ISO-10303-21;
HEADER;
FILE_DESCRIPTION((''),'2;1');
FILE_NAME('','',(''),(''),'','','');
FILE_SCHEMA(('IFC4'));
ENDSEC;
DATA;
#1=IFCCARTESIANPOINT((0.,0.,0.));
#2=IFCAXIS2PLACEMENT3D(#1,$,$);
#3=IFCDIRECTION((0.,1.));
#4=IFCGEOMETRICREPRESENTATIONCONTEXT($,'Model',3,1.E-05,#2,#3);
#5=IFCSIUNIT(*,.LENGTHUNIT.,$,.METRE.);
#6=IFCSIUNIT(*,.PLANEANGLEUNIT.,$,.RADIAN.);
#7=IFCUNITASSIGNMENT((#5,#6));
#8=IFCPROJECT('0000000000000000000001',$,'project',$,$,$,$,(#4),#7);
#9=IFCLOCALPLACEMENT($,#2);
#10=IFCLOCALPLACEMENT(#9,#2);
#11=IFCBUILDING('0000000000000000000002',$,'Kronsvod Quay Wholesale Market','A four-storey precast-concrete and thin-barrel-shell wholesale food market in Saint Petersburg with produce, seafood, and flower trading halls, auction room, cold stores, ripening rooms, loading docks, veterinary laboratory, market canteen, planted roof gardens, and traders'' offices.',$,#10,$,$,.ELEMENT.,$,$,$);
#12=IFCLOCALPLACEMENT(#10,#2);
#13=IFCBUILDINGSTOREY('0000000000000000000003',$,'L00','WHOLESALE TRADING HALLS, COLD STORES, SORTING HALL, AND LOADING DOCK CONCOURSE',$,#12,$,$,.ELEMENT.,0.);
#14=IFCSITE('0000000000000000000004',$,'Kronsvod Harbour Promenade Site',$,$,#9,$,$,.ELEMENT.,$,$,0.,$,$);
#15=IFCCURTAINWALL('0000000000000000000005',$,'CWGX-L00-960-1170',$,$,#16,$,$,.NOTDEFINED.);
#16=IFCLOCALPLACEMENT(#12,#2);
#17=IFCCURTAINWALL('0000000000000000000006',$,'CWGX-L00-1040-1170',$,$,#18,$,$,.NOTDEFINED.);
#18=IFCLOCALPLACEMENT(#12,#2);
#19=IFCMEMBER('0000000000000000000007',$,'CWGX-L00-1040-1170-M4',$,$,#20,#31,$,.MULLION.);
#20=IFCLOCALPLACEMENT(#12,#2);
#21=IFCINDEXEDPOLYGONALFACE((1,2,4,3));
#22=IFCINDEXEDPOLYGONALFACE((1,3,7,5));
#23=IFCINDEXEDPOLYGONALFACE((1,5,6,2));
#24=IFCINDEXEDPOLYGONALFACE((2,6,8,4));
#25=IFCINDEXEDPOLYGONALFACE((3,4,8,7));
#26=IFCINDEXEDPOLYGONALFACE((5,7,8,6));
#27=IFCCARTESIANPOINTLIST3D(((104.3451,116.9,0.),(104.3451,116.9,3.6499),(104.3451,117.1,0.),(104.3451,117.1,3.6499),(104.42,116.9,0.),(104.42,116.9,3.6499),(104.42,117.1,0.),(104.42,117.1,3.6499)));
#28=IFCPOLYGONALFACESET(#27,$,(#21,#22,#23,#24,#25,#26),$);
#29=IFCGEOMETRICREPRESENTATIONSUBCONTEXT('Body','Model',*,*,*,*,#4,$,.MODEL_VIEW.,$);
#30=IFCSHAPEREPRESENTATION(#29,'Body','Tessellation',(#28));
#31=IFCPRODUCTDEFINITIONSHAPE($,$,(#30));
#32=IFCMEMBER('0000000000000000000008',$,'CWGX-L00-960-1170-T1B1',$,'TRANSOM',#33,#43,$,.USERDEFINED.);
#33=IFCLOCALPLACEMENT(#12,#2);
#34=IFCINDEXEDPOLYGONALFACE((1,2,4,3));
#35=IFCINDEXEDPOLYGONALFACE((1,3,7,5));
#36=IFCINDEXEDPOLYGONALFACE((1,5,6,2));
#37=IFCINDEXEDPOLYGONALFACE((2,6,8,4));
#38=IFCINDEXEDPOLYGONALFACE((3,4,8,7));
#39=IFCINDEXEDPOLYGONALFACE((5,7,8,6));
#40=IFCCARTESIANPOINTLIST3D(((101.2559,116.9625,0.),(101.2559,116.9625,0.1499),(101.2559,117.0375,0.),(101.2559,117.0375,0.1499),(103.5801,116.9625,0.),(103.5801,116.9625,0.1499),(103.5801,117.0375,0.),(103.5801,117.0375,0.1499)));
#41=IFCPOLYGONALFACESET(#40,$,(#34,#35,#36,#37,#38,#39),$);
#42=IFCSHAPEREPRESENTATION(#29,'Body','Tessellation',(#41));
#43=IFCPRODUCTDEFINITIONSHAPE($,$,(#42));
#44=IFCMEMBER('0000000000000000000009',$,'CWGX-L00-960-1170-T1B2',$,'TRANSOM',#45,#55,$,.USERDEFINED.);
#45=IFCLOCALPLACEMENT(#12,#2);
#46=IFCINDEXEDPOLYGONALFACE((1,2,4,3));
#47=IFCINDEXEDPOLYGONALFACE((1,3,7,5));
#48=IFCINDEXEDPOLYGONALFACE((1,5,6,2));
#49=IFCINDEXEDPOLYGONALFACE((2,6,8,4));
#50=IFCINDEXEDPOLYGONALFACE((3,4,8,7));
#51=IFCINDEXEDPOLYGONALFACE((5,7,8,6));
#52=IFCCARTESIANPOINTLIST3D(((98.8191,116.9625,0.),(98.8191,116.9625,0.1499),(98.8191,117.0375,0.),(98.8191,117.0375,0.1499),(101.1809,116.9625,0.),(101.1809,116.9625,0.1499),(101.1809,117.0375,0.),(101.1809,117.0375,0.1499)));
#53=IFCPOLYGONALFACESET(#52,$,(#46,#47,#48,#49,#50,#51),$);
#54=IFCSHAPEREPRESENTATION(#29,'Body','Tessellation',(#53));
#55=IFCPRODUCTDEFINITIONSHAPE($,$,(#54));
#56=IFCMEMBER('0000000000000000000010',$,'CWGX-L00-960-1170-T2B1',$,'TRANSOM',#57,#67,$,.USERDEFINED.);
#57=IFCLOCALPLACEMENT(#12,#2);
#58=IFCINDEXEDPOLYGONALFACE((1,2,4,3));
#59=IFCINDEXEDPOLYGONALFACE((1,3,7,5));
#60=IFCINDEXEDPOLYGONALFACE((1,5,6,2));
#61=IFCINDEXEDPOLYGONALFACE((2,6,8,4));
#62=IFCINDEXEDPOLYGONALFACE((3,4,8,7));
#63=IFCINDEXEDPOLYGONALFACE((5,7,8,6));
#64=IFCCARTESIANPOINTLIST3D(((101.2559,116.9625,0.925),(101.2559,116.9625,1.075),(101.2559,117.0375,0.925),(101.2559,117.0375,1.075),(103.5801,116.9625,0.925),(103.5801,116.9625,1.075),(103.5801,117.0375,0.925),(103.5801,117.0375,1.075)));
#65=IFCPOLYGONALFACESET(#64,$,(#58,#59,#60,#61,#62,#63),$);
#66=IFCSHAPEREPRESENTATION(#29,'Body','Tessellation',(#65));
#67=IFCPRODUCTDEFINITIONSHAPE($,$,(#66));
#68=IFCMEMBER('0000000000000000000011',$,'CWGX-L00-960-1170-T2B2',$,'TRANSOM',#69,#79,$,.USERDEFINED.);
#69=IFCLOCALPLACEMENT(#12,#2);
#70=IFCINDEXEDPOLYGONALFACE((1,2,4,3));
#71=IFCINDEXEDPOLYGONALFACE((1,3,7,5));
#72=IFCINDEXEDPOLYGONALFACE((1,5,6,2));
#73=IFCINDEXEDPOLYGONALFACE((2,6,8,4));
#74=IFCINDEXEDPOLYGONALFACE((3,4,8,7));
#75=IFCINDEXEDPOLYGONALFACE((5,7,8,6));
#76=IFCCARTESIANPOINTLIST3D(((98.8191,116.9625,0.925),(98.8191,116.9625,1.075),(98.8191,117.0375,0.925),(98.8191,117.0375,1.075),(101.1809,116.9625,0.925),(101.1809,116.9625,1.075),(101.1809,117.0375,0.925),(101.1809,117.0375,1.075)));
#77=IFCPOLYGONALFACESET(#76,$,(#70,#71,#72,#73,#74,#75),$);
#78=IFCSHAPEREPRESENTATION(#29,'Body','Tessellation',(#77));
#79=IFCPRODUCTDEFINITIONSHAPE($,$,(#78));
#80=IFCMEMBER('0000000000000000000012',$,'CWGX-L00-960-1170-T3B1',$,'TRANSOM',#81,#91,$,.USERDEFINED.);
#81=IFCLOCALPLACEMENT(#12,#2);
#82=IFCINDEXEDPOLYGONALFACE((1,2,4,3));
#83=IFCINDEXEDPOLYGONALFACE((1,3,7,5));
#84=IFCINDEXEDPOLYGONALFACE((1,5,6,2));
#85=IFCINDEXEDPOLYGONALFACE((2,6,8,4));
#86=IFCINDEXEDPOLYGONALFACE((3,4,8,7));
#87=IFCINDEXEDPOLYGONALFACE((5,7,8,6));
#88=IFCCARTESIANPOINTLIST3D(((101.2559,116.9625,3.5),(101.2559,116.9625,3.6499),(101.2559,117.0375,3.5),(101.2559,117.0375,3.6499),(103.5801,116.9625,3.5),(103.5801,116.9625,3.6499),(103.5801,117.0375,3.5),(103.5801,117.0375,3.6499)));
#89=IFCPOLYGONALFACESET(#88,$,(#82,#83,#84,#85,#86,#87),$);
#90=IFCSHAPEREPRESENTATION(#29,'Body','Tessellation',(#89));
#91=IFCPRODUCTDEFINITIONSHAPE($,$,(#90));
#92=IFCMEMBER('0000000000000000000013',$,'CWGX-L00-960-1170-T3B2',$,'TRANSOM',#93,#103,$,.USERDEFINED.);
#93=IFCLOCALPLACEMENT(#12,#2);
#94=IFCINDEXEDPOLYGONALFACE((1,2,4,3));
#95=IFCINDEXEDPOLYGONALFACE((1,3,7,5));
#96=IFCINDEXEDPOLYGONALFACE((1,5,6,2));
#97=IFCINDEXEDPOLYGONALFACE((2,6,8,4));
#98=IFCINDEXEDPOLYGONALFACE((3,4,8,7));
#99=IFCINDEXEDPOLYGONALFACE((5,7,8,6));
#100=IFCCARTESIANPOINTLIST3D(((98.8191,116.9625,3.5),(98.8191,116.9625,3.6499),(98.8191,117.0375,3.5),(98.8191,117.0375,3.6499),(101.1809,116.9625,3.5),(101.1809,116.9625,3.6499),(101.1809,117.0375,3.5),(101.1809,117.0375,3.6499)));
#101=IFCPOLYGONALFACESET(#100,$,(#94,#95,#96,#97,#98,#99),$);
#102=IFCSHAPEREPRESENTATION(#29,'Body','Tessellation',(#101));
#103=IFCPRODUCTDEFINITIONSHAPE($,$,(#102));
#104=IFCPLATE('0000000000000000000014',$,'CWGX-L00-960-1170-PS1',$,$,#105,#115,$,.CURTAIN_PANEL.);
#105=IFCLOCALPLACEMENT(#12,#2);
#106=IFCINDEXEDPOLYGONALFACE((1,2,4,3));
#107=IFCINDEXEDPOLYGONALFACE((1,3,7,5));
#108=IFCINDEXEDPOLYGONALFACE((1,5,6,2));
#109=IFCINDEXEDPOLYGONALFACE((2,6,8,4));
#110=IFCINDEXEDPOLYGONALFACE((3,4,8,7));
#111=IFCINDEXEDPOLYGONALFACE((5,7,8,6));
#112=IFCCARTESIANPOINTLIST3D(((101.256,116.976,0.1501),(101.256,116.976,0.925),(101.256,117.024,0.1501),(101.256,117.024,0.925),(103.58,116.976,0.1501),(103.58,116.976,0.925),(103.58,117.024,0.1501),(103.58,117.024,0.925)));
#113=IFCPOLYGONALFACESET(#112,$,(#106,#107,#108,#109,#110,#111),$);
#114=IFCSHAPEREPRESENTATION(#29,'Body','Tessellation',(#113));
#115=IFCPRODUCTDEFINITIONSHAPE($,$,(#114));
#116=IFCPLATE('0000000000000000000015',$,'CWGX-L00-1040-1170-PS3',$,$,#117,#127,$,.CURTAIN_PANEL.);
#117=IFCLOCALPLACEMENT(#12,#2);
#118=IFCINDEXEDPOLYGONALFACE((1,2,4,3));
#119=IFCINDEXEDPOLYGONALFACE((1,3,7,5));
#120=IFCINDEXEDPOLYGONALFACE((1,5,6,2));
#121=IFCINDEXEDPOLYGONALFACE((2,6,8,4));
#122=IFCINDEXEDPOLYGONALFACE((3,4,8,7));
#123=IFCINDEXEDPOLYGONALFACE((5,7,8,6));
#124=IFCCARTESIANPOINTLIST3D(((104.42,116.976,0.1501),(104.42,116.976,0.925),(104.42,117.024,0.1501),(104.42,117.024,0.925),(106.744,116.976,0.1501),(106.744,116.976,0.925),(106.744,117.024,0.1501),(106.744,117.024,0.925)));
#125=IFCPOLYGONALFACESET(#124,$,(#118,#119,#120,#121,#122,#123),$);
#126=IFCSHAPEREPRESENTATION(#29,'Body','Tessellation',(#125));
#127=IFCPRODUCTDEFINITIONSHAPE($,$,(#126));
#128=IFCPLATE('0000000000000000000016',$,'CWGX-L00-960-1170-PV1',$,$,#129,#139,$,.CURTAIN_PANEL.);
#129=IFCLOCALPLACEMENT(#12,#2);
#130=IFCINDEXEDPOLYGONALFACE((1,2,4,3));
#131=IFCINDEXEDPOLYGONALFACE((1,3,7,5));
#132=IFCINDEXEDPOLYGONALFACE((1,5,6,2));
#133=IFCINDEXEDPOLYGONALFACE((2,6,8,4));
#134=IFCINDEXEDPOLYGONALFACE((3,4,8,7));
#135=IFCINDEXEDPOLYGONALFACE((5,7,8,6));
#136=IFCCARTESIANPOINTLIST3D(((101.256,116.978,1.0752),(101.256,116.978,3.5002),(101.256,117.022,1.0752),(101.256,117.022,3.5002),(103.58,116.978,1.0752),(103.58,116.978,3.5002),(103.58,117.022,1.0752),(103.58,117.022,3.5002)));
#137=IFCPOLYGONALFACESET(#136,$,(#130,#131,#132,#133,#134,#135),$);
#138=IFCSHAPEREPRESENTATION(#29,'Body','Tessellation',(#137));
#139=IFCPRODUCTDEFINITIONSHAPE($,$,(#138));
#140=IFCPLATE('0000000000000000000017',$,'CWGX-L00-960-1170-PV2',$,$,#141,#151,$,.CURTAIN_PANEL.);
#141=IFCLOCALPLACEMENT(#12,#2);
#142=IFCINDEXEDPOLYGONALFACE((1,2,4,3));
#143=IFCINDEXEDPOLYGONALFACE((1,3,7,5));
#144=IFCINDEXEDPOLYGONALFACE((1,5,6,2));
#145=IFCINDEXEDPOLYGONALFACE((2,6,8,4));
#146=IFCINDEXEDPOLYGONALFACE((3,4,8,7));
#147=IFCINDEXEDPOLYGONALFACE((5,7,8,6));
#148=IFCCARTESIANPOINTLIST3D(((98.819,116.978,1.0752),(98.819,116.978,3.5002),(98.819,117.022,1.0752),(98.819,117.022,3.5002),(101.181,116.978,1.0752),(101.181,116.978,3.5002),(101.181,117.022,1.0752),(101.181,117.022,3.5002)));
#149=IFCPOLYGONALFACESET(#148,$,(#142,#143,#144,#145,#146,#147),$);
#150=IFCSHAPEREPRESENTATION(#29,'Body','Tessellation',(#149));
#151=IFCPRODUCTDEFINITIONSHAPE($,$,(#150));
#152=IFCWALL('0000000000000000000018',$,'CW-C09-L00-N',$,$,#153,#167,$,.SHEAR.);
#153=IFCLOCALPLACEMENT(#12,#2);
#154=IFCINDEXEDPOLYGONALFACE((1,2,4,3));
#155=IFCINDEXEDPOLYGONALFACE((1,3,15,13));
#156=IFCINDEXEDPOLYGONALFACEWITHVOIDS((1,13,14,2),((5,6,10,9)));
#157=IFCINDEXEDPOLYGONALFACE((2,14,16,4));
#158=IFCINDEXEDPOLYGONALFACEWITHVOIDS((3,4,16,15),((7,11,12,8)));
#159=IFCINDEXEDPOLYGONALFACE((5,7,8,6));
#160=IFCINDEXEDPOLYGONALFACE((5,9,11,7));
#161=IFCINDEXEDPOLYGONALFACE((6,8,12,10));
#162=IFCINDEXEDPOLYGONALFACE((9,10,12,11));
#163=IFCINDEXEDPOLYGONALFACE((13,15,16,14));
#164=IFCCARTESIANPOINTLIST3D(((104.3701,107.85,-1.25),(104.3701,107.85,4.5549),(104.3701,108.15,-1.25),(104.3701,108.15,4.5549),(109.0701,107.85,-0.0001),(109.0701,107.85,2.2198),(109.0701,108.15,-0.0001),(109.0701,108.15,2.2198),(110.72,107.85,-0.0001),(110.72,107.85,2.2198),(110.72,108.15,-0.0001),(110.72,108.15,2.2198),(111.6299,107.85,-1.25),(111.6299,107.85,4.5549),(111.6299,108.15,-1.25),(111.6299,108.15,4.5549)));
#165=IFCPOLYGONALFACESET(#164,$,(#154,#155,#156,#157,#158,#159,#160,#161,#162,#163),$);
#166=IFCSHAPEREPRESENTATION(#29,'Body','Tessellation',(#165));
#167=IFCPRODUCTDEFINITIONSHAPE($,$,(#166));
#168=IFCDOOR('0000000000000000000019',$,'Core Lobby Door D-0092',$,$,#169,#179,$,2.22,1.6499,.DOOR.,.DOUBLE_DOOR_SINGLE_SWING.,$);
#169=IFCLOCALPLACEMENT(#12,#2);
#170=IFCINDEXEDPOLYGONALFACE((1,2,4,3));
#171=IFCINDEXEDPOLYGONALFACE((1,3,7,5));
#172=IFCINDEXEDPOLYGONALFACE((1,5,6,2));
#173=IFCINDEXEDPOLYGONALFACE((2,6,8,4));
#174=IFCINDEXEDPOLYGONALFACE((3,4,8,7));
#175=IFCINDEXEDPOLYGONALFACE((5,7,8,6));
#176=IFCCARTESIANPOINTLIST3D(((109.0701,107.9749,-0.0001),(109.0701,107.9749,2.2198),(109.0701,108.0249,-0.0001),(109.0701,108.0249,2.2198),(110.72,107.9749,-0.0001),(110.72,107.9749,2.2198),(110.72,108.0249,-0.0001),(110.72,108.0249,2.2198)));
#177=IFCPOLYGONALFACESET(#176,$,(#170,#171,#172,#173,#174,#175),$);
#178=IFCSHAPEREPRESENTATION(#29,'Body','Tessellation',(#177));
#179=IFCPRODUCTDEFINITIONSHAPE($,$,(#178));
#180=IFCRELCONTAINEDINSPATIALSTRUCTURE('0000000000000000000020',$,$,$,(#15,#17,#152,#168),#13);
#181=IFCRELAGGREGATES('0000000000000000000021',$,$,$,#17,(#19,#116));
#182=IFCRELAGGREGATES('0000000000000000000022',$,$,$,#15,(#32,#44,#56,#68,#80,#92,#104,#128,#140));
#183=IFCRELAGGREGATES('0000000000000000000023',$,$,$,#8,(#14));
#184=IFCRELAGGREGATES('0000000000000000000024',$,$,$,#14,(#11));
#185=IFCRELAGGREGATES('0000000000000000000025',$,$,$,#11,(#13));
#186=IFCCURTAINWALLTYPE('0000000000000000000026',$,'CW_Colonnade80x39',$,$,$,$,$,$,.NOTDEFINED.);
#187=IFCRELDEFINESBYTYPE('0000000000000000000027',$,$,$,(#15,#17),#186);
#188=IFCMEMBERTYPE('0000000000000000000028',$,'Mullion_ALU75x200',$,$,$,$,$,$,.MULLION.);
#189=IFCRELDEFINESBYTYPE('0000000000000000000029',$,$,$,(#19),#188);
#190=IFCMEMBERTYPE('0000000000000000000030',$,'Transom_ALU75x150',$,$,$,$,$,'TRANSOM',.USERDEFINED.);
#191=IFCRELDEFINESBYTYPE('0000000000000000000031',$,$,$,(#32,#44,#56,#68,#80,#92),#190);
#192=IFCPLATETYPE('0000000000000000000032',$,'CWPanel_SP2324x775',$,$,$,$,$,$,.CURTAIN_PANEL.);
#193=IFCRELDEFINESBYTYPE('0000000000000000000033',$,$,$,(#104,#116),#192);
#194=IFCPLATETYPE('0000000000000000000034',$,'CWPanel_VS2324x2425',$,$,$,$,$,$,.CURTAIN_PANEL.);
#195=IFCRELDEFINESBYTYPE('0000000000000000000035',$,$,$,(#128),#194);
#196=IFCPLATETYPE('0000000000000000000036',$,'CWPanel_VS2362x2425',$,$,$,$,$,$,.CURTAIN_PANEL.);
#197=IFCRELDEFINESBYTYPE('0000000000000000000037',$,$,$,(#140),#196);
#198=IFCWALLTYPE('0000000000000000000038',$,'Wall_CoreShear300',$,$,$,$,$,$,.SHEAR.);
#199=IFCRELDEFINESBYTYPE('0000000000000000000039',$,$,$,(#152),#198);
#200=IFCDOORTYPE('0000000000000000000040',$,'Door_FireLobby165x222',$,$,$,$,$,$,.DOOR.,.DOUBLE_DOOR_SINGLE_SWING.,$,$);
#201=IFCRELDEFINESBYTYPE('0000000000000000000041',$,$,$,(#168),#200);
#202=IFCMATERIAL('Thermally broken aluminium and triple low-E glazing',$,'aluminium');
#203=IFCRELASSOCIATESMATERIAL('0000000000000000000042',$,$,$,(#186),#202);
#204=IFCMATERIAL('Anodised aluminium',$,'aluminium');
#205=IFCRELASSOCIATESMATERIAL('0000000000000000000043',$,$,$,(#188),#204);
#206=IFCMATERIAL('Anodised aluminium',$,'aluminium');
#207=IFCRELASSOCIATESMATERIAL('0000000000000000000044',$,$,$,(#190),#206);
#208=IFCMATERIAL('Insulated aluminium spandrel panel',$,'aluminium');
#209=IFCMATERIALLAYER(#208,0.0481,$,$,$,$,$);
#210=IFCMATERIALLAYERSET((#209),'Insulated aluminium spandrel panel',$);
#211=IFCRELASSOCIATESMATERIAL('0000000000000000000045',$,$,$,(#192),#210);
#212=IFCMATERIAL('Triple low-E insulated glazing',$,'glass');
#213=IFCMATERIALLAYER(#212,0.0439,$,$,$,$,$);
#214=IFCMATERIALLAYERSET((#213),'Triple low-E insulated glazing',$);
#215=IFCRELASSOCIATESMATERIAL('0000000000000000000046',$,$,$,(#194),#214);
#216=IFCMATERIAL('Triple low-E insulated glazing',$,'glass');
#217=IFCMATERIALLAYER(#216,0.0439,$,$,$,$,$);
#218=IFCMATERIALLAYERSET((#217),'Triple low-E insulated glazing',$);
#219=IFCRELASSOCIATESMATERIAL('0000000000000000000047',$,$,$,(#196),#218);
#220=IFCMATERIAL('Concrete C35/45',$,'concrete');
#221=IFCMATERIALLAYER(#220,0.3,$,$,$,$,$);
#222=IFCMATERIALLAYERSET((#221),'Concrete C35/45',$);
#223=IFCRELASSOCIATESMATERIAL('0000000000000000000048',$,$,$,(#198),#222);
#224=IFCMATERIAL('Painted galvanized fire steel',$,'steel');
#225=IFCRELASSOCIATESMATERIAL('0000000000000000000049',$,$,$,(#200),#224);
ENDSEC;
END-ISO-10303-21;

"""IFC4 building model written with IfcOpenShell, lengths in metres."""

from ifc_helpers import new_model, si_unit, direction, frame, frame_2d, origin, origin_2d, place, context, subcontext, project, spatial, rectangle, extrude, material, layer, layer_set, material_profile, profile_set, type_object, element, fill, aggregate, save


model = new_model("IFC4")

# Units and contexts
model_context = context("Model", 3, precision=1e-05, world=origin(), true_north=direction((0.0, 1.0)))
body_context = subcontext(model_context, "Body", "Model", "MODEL_VIEW")
ifc_project = project(units=[si_unit("LENGTHUNIT", "METRE"), si_unit("PLANEANGLEUNIT", "RADIAN")], contexts=[model_context])

# Site, building, storey
site_placement = place(None, origin())
site = spatial("IfcSite", under=ifc_project, at=site_placement, Name="Kronsvod Harbour Promenade Site", CompositionType="ELEMENT", RefElevation=0.0)
building_placement = place(site_placement, origin())
building = spatial("IfcBuilding", under=site, at=building_placement, Name="Kronsvod Quay Wholesale Market", Description="A four-storey precast-concrete and thin-barrel-shell wholesale food market in Saint Petersburg with produce, seafood, and flower trading halls, auction room, cold stores, ripening rooms, loading docks, veterinary laboratory, market canteen, planted roof gardens, and traders' offices.", CompositionType="ELEMENT")
storey_placement = place(building_placement, origin())
storey = spatial("IfcBuildingStorey", under=building, at=storey_placement, Name="L00", Description="WHOLESALE TRADING HALLS, COLD STORES, SORTING HALL, AND LOADING DOCK CONCOURSE", CompositionType="ELEMENT", Elevation=0.0)

# Curtain wall
ifc_material_1 = material(Name="Thermally broken aluminium and triple low-E glazing", Category="aluminium")
curtain_wall_type = type_object("IfcCurtainWallType", Name="CW_Colonnade80x39", PredefinedType="NOTDEFINED", material=ifc_material_1)
curtain_wall_1_placement = place(storey_placement, origin())
curtain_wall_1 = element("IfcCurtainWall", 1, at=curtain_wall_1_placement, inside=storey, type_object=curtain_wall_type, Name="CWGX-L00-960-1170", PredefinedType="NOTDEFINED")
ifc_material_2 = material(Name="Anodised aluminium", Category="aluminium")
ifc_material_profile_1 = material_profile(ifc_material_2, rectangle(XDim=0.075, YDim=0.2, at=origin_2d()), Name="ALUM75x200")
ifc_profile_set_1 = profile_set([ifc_material_profile_1], Name="Anodised aluminium")
member_type_1 = type_object("IfcMemberType", Name="Mullion_ALU75x200", PredefinedType="MULLION", material=ifc_profile_set_1)

# Curtain wall, member
curtain_wall_2_placement = place(storey_placement, origin())
curtain_wall_2 = element("IfcCurtainWall", 2, at=curtain_wall_2_placement, inside=storey, type_object=curtain_wall_type, Name="CWGX-L00-1040-1170", PredefinedType="NOTDEFINED")
member_1_placement = place(storey_placement, frame((104.3826, 117.0, 0.0), z_axis=(0.0, 0.0, 1.0), x_axis=(1.0, 0.0, 0.0)))
member_1 = element("IfcMember", 3, at=member_1_placement, type_object=member_type_1, Name="CWGX-L00-1040-1170-M4", PredefinedType="MULLION", context=body_context, shape_type="SweptSolid", body=[
    extrude(rectangle(XDim=0.075, YDim=0.2, at=origin_2d()), origin(), (0.0, 0.0, 1.0), 3.6499),
])

# Members
ifc_material_3 = material(Name="Anodised aluminium", Category="aluminium")
ifc_material_profile_2 = material_profile(ifc_material_3, rectangle(XDim=0.075, YDim=0.1499, at=origin_2d()), Name="ALUT75x150")
ifc_profile_set_2 = profile_set([ifc_material_profile_2], Name="Anodised aluminium")
member_type_2 = type_object("IfcMemberType", Name="Transom_ALU75x150", ElementType="TRANSOM", PredefinedType="USERDEFINED", material=ifc_profile_set_2)
member_2_placement = place(storey_placement, frame((103.5801, 117.0, 0.075), z_axis=(-1.0, 0.0, 0.0), x_axis=(0.0, -1.0, 0.0)))
member_2 = element("IfcMember", 4, at=member_2_placement, type_object=member_type_2, Name="CWGX-L00-960-1170-T1B1", ObjectType="TRANSOM", PredefinedType="USERDEFINED", context=body_context, shape_type="SweptSolid", body=[
    extrude(rectangle(XDim=0.075, YDim=0.1499, at=origin_2d()), origin(), (0.0, 0.0, 1.0), 2.3242),
])
member_3_placement = place(storey_placement, frame((101.1809, 117.0, 0.075), z_axis=(-1.0, 0.0, 0.0), x_axis=(0.0, -1.0, 0.0)))
member_3 = element("IfcMember", 5, at=member_3_placement, type_object=member_type_2, Name="CWGX-L00-960-1170-T1B2", ObjectType="TRANSOM", PredefinedType="USERDEFINED", context=body_context, shape_type="SweptSolid", body=[
    extrude(rectangle(XDim=0.075, YDim=0.1499, at=origin_2d()), origin(), (0.0, 0.0, 1.0), 2.3618),
])
member_4_placement = place(storey_placement, frame((103.5801, 117.0, 1.0), z_axis=(-1.0, 0.0, 0.0), x_axis=(0.0, -1.0, 0.0)))
member_4 = element("IfcMember", 6, at=member_4_placement, type_object=member_type_2, Name="CWGX-L00-960-1170-T2B1", ObjectType="TRANSOM", PredefinedType="USERDEFINED", context=body_context, shape_type="SweptSolid", body=[
    extrude(rectangle(XDim=0.075, YDim=0.1499, at=origin_2d()), origin(), (0.0, 0.0, 1.0), 2.3242),
])
member_5_placement = place(storey_placement, frame((101.1809, 117.0, 1.0), z_axis=(-1.0, 0.0, 0.0), x_axis=(0.0, -1.0, 0.0)))
member_5 = element("IfcMember", 7, at=member_5_placement, type_object=member_type_2, Name="CWGX-L00-960-1170-T2B2", ObjectType="TRANSOM", PredefinedType="USERDEFINED", context=body_context, shape_type="SweptSolid", body=[
    extrude(rectangle(XDim=0.075, YDim=0.1499, at=origin_2d()), origin(), (0.0, 0.0, 1.0), 2.3618),
])
member_6_placement = place(storey_placement, frame((103.5801, 117.0, 3.575), z_axis=(-1.0, 0.0, 0.0), x_axis=(0.0, -1.0, 0.0)))
member_6 = element("IfcMember", 8, at=member_6_placement, type_object=member_type_2, Name="CWGX-L00-960-1170-T3B1", ObjectType="TRANSOM", PredefinedType="USERDEFINED", context=body_context, shape_type="SweptSolid", body=[
    extrude(rectangle(XDim=0.075, YDim=0.1499, at=origin_2d()), origin(), (0.0, 0.0, 1.0), 2.3242),
])
member_7_placement = place(storey_placement, frame((101.1809, 117.0, 3.575), z_axis=(-1.0, 0.0, 0.0), x_axis=(0.0, -1.0, 0.0)))
member_7 = element("IfcMember", 9, at=member_7_placement, type_object=member_type_2, Name="CWGX-L00-960-1170-T3B2", ObjectType="TRANSOM", PredefinedType="USERDEFINED", context=body_context, shape_type="SweptSolid", body=[
    extrude(rectangle(XDim=0.075, YDim=0.1499, at=origin_2d()), origin(), (0.0, 0.0, 1.0), 2.3618),
])

# Plates
ifc_material_4 = material(Name="Insulated aluminium spandrel panel", Category="aluminium")
ifc_layer_1 = layer(ifc_material_4, 0.0481)
ifc_layer_set_1 = layer_set([ifc_layer_1], Name="Insulated aluminium spandrel panel")
plate_type_1 = type_object("IfcPlateType", Name="CWPanel_SP2324x775", PredefinedType="CURTAIN_PANEL", material=ifc_layer_set_1)
plate_1_placement = place(storey_placement, frame((102.418, 117.0, 0.1501), z_axis=(0.0, 0.0, 1.0), x_axis=(-1.0, 0.0, 0.0)))
plate_1 = element("IfcPlate", 10, at=plate_1_placement, type_object=plate_type_1, Name="CWGX-L00-960-1170-PS1", PredefinedType="CURTAIN_PANEL", context=body_context, shape_type="SweptSolid", body=[
    extrude(rectangle(XDim=2.324, YDim=0.0481, at=origin_2d()), origin(), (0.0, 0.0, 1.0), 0.7749),
])
plate_2_placement = place(storey_placement, frame((105.582, 117.0, 0.1501), z_axis=(0.0, 0.0, 1.0), x_axis=(-1.0, 0.0, 0.0)))
plate_2 = element("IfcPlate", 11, at=plate_2_placement, type_object=plate_type_1, Name="CWGX-L00-1040-1170-PS3", PredefinedType="CURTAIN_PANEL", context=body_context, shape_type="SweptSolid", body=[
    extrude(rectangle(XDim=2.324, YDim=0.0481, at=origin_2d()), origin(), (0.0, 0.0, 1.0), 0.7749),
])
aggregate(curtain_wall_2, [member_1, plate_2])
ifc_material_5 = material(Name="Triple low-E insulated glazing", Category="glass")
ifc_layer_2 = layer(ifc_material_5, 0.0439)
ifc_layer_set_2 = layer_set([ifc_layer_2], Name="Triple low-E insulated glazing")
plate_type_2 = type_object("IfcPlateType", Name="CWPanel_VS2324x2425", PredefinedType="CURTAIN_PANEL", material=ifc_layer_set_2)
plate_3_placement = place(storey_placement, frame((102.418, 117.0, 1.0752), z_axis=(0.0, 0.0, 1.0), x_axis=(-1.0, 0.0, 0.0)))
plate_3 = element("IfcPlate", 12, at=plate_3_placement, type_object=plate_type_2, Name="CWGX-L00-960-1170-PV1", PredefinedType="CURTAIN_PANEL", context=body_context, shape_type="SweptSolid", body=[
    extrude(rectangle(XDim=2.324, YDim=0.0439, at=origin_2d()), origin(), (0.0, 0.0, 1.0), 2.425),
])
ifc_material_6 = material(Name="Triple low-E insulated glazing", Category="glass")
ifc_layer_3 = layer(ifc_material_6, 0.0439)
ifc_layer_set_3 = layer_set([ifc_layer_3], Name="Triple low-E insulated glazing")
plate_type_3 = type_object("IfcPlateType", Name="CWPanel_VS2362x2425", PredefinedType="CURTAIN_PANEL", material=ifc_layer_set_3)
plate_4_placement = place(storey_placement, frame((100.0, 117.0, 1.0752), z_axis=(0.0, 0.0, 1.0), x_axis=(-1.0, 0.0, 0.0)))
plate_4 = element("IfcPlate", 13, at=plate_4_placement, type_object=plate_type_3, Name="CWGX-L00-960-1170-PV2", PredefinedType="CURTAIN_PANEL", context=body_context, shape_type="SweptSolid", body=[
    extrude(rectangle(XDim=2.3621, YDim=0.0439, at=origin_2d()), origin(), (0.0, 0.0, 1.0), 2.425),
])
aggregate(curtain_wall_1, [member_2, member_3, member_4, member_5, member_6, member_7, plate_1, plate_3, plate_4])

# Wall, opening, door
ifc_material_7 = material(Name="Concrete C35/45", Category="concrete")
ifc_layer_4 = layer(ifc_material_7, 0.3)
ifc_layer_set_4 = layer_set([ifc_layer_4], Name="Concrete C35/45")
wall_type = type_object("IfcWallType", Name="Wall_CoreShear300", PredefinedType="SHEAR", material=ifc_layer_set_4)
wall_placement = place(storey_placement, frame((104.3701, 108.0, -1.25), z_axis=(0.0, 0.0, 1.0), x_axis=(1.0, 0.0, 0.0)))
wall = element("IfcWall", 14, at=wall_placement, inside=storey, type_object=wall_type, Name="CW-C09-L00-N", PredefinedType="SHEAR", context=body_context, shape_type="SweptSolid", body=[
    extrude(rectangle(XDim=7.2598, YDim=0.3, at=frame_2d((3.6299, 0.0))), origin(), (0.0, 0.0, 1.0), 5.8049),
])
opening_placement = place(wall_placement, frame((4.7, 0.0, 1.25)))
opening = element("IfcOpeningElement", 15, at=opening_placement, cuts=wall, PredefinedType="OPENING", context=body_context, shape_type="SweptSolid", body=[
    extrude(rectangle(XDim=1.6499, YDim=2.22, at=frame_2d((0.825, 1.1099))), frame((0.0, 0.1602, 0.0), z_axis=(0.0, -1.0, 0.0), x_axis=(1.0, 0.0, 0.0)), (0.0, 0.0, 1.0), 0.3201),
])
ifc_material_8 = material(Name="Painted galvanized fire steel", Category="steel")
door_type = type_object("IfcDoorType", Name="Door_FireLobby165x222", OperationType="DOUBLE_DOOR_SINGLE_SWING", PredefinedType="DOOR", material=ifc_material_8)
door_placement = place(opening_placement, origin())
door = element("IfcDoor", 16, at=door_placement, inside=storey, type_object=door_type, Name="Core Lobby Door D-0092", OperationType="DOUBLE_DOOR_SINGLE_SWING", OverallHeight=2.22, OverallWidth=1.6499, PredefinedType="DOOR", context=body_context, shape_type="SweptSolid", body=[
    extrude(rectangle(XDim=1.6499, YDim=2.22, at=frame_2d((0.825, 1.1099))), frame((0.0, 0.0249, 0.0), z_axis=(0.0, -1.0, 0.0), x_axis=(1.0, 0.0, 0.0)), (0.0, 0.0, 1.0), 0.05),
])
fill(opening, door)

save(model, "model.ifc")
